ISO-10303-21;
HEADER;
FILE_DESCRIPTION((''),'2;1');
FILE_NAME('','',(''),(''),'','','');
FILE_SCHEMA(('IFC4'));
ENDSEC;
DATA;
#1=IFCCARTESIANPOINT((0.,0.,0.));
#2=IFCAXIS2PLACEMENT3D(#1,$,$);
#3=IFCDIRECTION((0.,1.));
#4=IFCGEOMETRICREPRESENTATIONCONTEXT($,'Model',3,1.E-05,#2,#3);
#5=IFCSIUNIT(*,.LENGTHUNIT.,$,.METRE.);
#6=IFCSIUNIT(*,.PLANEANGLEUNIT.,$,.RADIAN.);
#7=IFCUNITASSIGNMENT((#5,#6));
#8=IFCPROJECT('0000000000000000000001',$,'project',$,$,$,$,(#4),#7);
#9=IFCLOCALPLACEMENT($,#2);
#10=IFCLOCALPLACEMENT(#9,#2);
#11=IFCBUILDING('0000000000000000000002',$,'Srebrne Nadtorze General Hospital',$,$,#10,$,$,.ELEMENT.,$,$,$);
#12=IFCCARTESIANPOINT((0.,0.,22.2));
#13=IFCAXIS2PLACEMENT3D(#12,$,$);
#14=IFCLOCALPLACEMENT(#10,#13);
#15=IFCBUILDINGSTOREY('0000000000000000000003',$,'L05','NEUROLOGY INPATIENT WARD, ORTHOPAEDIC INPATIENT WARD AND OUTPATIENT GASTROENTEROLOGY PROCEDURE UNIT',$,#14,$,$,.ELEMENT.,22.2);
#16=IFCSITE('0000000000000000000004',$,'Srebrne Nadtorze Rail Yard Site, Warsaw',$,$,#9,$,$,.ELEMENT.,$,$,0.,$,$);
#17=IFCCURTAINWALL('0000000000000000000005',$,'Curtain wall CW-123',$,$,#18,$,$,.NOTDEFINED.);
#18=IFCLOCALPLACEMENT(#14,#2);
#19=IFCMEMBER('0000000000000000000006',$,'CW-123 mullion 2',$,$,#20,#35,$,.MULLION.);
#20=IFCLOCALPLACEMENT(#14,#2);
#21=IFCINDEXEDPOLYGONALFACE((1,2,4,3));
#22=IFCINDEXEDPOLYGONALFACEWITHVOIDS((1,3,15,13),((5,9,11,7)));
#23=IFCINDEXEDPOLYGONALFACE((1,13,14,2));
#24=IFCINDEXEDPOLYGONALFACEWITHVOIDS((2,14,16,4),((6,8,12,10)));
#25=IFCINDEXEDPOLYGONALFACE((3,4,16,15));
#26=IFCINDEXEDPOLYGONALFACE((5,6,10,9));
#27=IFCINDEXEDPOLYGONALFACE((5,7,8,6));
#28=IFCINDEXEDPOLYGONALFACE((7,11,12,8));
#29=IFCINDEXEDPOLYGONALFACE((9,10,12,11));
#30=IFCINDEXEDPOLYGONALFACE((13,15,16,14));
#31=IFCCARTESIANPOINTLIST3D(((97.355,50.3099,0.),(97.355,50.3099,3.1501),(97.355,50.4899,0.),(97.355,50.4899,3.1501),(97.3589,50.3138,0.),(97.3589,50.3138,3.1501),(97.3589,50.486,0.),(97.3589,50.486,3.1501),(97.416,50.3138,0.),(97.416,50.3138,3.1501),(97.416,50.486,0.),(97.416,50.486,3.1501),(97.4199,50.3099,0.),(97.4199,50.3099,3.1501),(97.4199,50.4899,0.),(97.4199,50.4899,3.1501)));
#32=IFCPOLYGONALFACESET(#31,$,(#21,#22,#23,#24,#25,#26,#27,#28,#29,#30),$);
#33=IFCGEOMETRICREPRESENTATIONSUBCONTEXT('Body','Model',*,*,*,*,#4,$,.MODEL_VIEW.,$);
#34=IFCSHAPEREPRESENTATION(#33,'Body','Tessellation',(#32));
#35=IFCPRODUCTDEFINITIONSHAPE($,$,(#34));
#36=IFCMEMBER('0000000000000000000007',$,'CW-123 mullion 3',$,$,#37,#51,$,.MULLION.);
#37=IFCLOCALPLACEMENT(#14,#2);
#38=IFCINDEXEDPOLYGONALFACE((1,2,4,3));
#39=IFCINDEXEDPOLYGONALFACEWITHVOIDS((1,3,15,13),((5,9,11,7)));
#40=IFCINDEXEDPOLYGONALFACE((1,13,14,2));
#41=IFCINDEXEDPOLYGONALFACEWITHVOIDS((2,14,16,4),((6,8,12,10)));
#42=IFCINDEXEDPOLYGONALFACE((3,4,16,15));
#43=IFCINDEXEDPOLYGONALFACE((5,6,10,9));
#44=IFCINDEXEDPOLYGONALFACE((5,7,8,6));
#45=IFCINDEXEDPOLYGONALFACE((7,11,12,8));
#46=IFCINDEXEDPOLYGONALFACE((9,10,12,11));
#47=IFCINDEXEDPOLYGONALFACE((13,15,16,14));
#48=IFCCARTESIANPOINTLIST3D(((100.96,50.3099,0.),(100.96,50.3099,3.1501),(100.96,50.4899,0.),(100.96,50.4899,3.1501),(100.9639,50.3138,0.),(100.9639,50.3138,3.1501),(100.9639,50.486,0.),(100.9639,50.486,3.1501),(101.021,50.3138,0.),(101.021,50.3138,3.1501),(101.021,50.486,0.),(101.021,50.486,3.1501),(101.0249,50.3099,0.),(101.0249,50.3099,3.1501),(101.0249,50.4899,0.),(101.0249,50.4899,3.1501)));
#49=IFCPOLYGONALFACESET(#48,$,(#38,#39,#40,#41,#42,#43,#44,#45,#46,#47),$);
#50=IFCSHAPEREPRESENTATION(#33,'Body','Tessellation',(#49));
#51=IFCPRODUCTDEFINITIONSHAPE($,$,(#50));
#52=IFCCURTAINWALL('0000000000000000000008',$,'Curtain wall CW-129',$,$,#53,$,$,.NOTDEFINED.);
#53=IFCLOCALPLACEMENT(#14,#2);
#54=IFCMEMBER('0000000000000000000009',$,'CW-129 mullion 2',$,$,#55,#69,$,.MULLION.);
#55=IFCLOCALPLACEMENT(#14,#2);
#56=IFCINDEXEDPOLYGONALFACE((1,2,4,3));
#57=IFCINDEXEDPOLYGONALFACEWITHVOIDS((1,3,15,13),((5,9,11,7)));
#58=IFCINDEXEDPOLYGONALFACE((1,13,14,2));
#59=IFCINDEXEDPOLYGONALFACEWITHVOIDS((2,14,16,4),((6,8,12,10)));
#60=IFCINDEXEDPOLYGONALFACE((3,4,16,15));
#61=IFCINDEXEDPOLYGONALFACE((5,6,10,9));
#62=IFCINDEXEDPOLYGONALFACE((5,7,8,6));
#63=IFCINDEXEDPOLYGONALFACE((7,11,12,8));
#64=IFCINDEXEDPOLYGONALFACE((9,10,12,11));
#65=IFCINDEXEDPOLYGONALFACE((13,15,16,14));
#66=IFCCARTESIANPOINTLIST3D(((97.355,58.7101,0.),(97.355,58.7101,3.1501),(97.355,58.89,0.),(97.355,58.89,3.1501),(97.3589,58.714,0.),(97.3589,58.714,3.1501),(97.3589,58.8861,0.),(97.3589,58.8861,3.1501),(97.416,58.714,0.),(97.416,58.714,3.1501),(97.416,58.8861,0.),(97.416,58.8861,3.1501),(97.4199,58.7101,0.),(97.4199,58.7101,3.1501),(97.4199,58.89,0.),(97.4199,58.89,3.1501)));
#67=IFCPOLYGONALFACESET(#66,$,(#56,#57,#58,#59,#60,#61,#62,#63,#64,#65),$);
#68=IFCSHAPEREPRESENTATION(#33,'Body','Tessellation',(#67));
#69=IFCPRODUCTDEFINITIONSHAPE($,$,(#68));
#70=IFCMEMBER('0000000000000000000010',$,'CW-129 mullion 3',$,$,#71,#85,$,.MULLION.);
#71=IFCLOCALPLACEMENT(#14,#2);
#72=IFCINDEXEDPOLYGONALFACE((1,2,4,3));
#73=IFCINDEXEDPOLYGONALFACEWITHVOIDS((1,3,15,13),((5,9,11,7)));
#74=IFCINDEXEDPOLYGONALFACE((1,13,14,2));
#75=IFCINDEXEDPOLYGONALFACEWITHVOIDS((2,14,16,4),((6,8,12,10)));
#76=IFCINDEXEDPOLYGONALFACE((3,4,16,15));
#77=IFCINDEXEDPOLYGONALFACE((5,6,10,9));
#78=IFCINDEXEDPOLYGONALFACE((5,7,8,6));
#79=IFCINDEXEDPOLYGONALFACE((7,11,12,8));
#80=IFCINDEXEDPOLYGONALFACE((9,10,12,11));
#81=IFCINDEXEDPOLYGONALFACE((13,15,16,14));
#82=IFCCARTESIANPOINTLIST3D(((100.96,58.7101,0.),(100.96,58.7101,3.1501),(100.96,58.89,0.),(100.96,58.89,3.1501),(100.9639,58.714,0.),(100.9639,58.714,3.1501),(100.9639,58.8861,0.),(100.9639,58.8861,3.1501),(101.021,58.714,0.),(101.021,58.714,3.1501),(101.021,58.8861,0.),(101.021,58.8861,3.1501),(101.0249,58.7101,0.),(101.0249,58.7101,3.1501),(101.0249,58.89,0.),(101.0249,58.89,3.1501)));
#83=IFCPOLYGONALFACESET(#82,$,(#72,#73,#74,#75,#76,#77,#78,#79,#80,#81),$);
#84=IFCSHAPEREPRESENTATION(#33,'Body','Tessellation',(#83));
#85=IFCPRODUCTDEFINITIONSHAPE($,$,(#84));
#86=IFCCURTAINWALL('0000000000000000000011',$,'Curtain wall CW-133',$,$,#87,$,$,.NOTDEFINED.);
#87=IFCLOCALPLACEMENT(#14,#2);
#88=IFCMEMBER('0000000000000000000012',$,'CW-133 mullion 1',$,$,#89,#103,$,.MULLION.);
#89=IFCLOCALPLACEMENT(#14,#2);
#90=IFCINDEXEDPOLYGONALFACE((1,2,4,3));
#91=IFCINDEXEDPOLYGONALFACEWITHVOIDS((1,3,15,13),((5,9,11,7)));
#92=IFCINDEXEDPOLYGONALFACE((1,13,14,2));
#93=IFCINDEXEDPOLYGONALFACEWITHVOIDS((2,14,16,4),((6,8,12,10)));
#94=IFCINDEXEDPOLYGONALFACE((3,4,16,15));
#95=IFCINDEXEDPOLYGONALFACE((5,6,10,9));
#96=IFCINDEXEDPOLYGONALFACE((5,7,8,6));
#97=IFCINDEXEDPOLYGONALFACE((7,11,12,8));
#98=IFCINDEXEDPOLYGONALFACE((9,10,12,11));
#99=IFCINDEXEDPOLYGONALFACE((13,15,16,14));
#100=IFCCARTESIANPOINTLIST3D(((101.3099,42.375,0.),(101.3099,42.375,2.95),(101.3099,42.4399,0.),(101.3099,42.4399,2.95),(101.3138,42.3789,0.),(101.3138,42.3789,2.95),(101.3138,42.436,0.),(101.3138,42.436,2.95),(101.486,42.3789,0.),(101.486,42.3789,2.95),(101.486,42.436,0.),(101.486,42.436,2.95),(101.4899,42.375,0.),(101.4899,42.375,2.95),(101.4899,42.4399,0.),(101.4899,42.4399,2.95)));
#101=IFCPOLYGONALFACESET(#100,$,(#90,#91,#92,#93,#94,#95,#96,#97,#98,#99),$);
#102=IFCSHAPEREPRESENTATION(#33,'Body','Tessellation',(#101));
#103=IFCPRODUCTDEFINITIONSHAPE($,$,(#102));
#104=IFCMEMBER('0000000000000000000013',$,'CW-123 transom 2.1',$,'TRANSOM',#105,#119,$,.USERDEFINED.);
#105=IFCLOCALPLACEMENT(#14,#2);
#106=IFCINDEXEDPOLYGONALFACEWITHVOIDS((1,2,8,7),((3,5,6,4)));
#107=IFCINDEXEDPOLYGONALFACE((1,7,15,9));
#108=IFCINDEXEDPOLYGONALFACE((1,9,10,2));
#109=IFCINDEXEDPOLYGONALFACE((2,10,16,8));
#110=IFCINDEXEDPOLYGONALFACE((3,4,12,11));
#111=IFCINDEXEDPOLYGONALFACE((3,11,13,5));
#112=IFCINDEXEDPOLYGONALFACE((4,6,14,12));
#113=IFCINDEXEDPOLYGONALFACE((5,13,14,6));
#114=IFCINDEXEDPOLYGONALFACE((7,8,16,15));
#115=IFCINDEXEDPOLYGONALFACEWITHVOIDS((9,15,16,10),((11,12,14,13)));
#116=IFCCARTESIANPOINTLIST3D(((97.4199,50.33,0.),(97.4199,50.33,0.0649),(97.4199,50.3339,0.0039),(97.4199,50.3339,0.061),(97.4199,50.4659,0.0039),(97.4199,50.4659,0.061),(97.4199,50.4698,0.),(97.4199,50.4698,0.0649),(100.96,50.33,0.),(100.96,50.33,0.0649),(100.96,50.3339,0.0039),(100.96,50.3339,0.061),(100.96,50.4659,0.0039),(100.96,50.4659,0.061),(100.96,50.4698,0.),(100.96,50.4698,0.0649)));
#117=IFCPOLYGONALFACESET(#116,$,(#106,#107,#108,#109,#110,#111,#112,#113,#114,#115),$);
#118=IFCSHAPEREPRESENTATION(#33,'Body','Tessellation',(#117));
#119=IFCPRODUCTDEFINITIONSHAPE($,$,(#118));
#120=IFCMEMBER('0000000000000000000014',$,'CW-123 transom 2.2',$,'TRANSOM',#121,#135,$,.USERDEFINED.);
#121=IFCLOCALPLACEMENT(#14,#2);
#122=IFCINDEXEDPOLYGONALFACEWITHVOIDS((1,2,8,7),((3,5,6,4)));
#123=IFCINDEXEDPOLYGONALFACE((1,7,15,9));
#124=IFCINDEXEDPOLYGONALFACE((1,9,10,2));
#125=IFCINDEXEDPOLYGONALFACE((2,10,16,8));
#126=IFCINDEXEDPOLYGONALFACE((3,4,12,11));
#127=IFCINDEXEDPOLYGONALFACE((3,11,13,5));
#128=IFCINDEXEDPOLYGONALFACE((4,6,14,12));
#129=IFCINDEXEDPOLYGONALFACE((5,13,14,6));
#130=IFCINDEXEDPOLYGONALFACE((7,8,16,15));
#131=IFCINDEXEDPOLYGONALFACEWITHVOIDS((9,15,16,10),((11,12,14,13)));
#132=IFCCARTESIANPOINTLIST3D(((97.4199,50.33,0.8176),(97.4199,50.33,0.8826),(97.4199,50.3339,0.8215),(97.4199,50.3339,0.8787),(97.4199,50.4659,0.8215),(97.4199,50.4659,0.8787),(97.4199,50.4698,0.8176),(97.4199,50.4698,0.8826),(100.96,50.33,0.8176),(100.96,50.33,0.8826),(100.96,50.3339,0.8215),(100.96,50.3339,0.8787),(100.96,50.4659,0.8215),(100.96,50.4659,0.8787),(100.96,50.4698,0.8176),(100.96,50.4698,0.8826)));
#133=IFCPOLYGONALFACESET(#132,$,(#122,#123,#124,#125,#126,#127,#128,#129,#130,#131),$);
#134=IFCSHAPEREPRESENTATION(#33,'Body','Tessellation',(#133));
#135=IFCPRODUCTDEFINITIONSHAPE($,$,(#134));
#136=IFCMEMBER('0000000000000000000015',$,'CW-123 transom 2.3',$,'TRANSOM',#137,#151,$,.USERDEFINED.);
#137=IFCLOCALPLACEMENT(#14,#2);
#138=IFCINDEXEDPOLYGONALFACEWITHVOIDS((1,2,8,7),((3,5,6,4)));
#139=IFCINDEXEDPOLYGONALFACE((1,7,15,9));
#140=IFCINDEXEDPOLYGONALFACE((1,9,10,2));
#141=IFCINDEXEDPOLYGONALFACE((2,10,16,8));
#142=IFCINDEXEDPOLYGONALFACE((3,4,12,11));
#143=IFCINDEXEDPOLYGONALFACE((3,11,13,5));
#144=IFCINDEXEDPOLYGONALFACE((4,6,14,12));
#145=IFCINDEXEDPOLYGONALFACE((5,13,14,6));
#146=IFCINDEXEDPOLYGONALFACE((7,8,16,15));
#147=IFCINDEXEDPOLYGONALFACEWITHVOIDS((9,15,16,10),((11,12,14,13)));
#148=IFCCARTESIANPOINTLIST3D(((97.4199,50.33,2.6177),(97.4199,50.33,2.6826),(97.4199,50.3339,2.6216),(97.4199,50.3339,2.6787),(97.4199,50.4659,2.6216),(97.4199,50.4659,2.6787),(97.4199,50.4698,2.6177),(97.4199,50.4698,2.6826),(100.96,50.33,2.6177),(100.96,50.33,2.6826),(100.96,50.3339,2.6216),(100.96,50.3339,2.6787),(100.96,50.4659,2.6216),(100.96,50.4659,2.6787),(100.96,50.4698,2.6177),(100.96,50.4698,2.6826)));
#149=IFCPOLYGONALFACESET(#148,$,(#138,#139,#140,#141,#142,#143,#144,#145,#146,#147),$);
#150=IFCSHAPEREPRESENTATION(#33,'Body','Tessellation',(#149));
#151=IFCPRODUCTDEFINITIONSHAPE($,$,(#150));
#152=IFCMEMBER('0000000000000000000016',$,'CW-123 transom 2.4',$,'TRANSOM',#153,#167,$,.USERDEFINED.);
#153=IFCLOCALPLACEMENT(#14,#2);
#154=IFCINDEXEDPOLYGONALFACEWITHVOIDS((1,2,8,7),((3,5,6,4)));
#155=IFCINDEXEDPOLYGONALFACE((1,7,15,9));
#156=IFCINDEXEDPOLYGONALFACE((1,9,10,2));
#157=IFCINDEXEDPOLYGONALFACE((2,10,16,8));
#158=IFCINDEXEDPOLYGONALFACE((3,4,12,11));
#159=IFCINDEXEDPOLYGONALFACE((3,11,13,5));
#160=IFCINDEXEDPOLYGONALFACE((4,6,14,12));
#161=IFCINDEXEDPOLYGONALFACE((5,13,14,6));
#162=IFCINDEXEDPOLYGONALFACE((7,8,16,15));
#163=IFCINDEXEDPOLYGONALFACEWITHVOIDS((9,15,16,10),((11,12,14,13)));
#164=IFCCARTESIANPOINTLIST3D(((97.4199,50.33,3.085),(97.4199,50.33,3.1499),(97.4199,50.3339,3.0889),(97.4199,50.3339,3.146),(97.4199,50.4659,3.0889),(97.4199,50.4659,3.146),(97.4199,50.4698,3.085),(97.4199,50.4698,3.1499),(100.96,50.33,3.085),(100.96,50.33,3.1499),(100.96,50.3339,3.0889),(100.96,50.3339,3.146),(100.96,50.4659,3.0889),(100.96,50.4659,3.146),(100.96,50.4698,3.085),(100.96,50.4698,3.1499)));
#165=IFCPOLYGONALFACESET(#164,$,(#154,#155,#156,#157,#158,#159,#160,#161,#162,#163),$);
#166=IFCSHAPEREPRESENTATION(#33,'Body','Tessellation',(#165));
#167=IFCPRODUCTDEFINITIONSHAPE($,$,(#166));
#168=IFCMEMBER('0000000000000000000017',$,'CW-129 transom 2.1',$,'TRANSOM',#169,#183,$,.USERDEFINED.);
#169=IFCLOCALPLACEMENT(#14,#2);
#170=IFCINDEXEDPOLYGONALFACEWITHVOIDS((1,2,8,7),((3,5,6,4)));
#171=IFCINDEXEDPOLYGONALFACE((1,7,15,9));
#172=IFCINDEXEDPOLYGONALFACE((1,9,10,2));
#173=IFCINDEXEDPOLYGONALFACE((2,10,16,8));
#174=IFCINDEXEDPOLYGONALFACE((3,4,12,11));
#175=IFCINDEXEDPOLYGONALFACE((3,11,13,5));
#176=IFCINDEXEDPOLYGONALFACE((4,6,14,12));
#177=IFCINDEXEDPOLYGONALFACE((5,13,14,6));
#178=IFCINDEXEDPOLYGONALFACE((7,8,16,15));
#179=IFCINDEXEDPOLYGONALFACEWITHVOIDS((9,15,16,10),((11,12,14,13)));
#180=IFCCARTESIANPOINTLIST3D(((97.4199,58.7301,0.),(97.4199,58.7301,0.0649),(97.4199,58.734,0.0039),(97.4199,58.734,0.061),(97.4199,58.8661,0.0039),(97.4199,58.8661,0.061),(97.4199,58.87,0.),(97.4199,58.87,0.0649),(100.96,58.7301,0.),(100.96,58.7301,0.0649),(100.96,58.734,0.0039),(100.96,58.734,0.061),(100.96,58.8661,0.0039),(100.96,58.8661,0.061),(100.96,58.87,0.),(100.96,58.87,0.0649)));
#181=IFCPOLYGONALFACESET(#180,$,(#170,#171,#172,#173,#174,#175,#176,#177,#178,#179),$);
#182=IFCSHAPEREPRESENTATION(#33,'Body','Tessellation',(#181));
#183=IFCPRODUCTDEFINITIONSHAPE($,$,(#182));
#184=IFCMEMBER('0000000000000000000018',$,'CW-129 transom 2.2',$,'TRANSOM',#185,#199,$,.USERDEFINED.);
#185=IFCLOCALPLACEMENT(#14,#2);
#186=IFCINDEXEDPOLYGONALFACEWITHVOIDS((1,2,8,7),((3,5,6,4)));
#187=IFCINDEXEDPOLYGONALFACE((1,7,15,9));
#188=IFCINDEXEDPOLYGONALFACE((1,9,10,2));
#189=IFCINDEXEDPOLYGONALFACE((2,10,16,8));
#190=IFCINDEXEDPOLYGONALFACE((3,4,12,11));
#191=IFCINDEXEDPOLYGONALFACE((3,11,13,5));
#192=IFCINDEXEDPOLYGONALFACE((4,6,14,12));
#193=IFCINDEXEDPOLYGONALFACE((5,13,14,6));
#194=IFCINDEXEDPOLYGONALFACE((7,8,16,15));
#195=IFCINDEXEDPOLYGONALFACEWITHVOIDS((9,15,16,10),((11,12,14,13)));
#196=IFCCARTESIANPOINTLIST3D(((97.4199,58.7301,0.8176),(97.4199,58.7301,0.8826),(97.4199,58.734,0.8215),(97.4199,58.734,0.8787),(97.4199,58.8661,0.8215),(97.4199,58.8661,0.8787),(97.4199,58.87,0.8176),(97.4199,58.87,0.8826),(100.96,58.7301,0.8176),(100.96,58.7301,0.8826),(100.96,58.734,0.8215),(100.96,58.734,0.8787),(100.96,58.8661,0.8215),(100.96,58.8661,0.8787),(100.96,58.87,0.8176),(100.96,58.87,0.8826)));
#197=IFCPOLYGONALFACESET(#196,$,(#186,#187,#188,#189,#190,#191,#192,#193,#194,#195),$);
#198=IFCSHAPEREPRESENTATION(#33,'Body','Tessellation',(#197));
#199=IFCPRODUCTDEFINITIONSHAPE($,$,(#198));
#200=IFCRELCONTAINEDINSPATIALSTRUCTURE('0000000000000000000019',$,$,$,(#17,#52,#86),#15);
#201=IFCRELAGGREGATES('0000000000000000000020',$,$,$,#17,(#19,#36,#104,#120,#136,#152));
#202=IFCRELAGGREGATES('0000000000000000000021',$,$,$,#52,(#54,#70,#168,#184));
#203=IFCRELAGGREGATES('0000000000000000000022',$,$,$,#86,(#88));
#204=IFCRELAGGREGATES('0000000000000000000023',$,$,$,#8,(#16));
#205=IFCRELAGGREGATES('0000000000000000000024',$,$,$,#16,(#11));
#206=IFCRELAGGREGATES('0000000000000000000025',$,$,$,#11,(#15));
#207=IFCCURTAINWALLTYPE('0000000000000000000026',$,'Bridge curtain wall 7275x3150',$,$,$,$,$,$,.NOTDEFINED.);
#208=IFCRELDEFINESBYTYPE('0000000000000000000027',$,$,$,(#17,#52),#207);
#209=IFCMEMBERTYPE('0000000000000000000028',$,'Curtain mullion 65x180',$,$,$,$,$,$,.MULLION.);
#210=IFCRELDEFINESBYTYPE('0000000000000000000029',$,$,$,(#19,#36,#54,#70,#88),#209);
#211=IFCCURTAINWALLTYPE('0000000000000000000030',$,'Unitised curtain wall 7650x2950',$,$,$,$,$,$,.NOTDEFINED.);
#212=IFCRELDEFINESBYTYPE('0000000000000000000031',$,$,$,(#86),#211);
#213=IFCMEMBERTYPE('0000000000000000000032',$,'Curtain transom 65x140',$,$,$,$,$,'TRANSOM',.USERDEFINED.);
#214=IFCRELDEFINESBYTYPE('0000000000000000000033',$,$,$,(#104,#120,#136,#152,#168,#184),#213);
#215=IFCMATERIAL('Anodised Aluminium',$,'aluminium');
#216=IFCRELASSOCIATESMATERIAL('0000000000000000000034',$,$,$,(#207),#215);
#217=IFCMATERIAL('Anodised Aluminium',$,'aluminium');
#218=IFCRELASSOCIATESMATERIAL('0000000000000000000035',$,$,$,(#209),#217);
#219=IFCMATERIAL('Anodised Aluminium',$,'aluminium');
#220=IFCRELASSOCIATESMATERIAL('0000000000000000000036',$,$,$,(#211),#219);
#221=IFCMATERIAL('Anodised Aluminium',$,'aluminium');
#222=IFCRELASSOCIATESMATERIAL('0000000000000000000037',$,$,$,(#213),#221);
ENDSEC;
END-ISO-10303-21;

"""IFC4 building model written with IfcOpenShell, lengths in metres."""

from ifc_helpers import new_model, si_unit, direction, frame, origin, origin_2d, place, context, subcontext, project, spatial, hollow_rectangle, extrude, material, material_profile, profile_set, type_object, element, aggregate, save


model = new_model("IFC4")

# Units and contexts
model_context = context("Model", 3, precision=1e-05, world=origin(), true_north=direction((0.0, 1.0)))
body_context = subcontext(model_context, "Body", "Model", "MODEL_VIEW")
ifc_project = project(units=[si_unit("LENGTHUNIT", "METRE"), si_unit("PLANEANGLEUNIT", "RADIAN")], contexts=[model_context])

# Site, building, storey
site_placement = place(None, origin())
site = spatial("IfcSite", under=ifc_project, at=site_placement, Name="Srebrne Nadtorze Rail Yard Site, Warsaw", CompositionType="ELEMENT", RefElevation=0.0)
building_placement = place(site_placement, origin())
building = spatial("IfcBuilding", under=site, at=building_placement, Name="Srebrne Nadtorze General Hospital", CompositionType="ELEMENT")
storey_placement = place(building_placement, frame((0.0, 0.0, 22.2)))
storey = spatial("IfcBuildingStorey", under=building, at=storey_placement, Name="L05", Description="NEUROLOGY INPATIENT WARD, ORTHOPAEDIC INPATIENT WARD AND OUTPATIENT GASTROENTEROLOGY PROCEDURE UNIT", CompositionType="ELEMENT", Elevation=22.2)

# Curtain walls, members
ifc_material_1 = material(Name="Anodised Aluminium", Category="aluminium")
curtain_wall_type_1 = type_object("IfcCurtainWallType", Name="Bridge curtain wall 7275x3150", PredefinedType="NOTDEFINED", material=ifc_material_1)
curtain_wall_1_placement = place(storey_placement, origin())
curtain_wall_1 = element("IfcCurtainWall", 1, at=curtain_wall_1_placement, inside=storey, type_object=curtain_wall_type_1, Name="Curtain wall CW-123", PredefinedType="NOTDEFINED")
ifc_material_2 = material(Name="Anodised Aluminium", Category="aluminium")
ifc_material_profile_1 = material_profile(ifc_material_2, hollow_rectangle(XDim=0.0649, YDim=0.1799, WallThickness=0.0039, at=origin_2d()), Name="AL-MUL-65x180")
ifc_profile_set_1 = profile_set([ifc_material_profile_1], Name="Anodised Aluminium")
member_type_1 = type_object("IfcMemberType", Name="Curtain mullion 65x180", PredefinedType="MULLION", material=ifc_profile_set_1)
member_1_placement = place(storey_placement, frame((97.3875, 50.3999, 0.0), z_axis=(0.0, 0.0, 1.0), x_axis=(1.0, 0.0, 0.0)))
member_1 = element("IfcMember", 2, at=member_1_placement, type_object=member_type_1, Name="CW-123 mullion 2", PredefinedType="MULLION", context=body_context, shape_type="SweptSolid", body=[
    extrude(hollow_rectangle(XDim=0.0649, YDim=0.1799, WallThickness=0.0039, at=origin_2d()), origin(), (0.0, 0.0, 1.0), 3.1501),
])
member_2_placement = place(storey_placement, frame((100.9924, 50.3999, 0.0), z_axis=(0.0, 0.0, 1.0), x_axis=(1.0, 0.0, 0.0)))
member_2 = element("IfcMember", 3, at=member_2_placement, type_object=member_type_1, Name="CW-123 mullion 3", PredefinedType="MULLION", context=body_context, shape_type="SweptSolid", body=[
    extrude(hollow_rectangle(XDim=0.0649, YDim=0.1799, WallThickness=0.0039, at=origin_2d()), origin(), (0.0, 0.0, 1.0), 3.1501),
])
curtain_wall_2_placement = place(storey_placement, origin())
curtain_wall_2 = element("IfcCurtainWall", 4, at=curtain_wall_2_placement, inside=storey, type_object=curtain_wall_type_1, Name="Curtain wall CW-129", PredefinedType="NOTDEFINED")
member_3_placement = place(storey_placement, frame((97.3875, 58.8, 0.0), z_axis=(0.0, 0.0, 1.0), x_axis=(1.0, 0.0, 0.0)))
member_3 = element("IfcMember", 5, at=member_3_placement, type_object=member_type_1, Name="CW-129 mullion 2", PredefinedType="MULLION", context=body_context, shape_type="SweptSolid", body=[
    extrude(hollow_rectangle(XDim=0.0649, YDim=0.1799, WallThickness=0.0039, at=origin_2d()), origin(), (0.0, 0.0, 1.0), 3.1501),
])
member_4_placement = place(storey_placement, frame((100.9924, 58.8, 0.0), z_axis=(0.0, 0.0, 1.0), x_axis=(1.0, 0.0, 0.0)))
member_4 = element("IfcMember", 6, at=member_4_placement, type_object=member_type_1, Name="CW-129 mullion 3", PredefinedType="MULLION", context=body_context, shape_type="SweptSolid", body=[
    extrude(hollow_rectangle(XDim=0.0649, YDim=0.1799, WallThickness=0.0039, at=origin_2d()), origin(), (0.0, 0.0, 1.0), 3.1501),
])

# Curtain wall, member
ifc_material_3 = material(Name="Anodised Aluminium", Category="aluminium")
curtain_wall_type_2 = type_object("IfcCurtainWallType", Name="Unitised curtain wall 7650x2950", PredefinedType="NOTDEFINED", material=ifc_material_3)
curtain_wall_3_placement = place(storey_placement, origin())
curtain_wall_3 = element("IfcCurtainWall", 7, at=curtain_wall_3_placement, inside=storey, type_object=curtain_wall_type_2, Name="Curtain wall CW-133", PredefinedType="NOTDEFINED")
member_5_placement = place(storey_placement, frame((101.3999, 42.4075, 0.0), z_axis=(0.0, 0.0, 1.0), x_axis=(0.0, 1.0, 0.0)))
member_5 = element("IfcMember", 8, at=member_5_placement, type_object=member_type_1, Name="CW-133 mullion 1", PredefinedType="MULLION", context=body_context, shape_type="SweptSolid", body=[
    extrude(hollow_rectangle(XDim=0.0649, YDim=0.1799, WallThickness=0.0039, at=origin_2d()), origin(), (0.0, 0.0, 1.0), 2.95),
])

# Members
ifc_material_4 = material(Name="Anodised Aluminium", Category="aluminium")
ifc_material_profile_2 = material_profile(ifc_material_4, hollow_rectangle(XDim=0.0649, YDim=0.1399, WallThickness=0.0039, at=origin_2d()), Name="AL-TRN-65x140")
ifc_profile_set_2 = profile_set([ifc_material_profile_2], Name="Anodised Aluminium")
member_type_2 = type_object("IfcMemberType", Name="Curtain transom 65x140", ElementType="TRANSOM", PredefinedType="USERDEFINED", material=ifc_profile_set_2)
member_6_placement = place(storey_placement, frame((97.4199, 50.3999, 0.0325), z_axis=(1.0, 0.0, 0.0), x_axis=(0.0, 0.0, 1.0)))
member_6 = element("IfcMember", 9, at=member_6_placement, type_object=member_type_2, Name="CW-123 transom 2.1", ObjectType="TRANSOM", PredefinedType="USERDEFINED", context=body_context, shape_type="SweptSolid", body=[
    extrude(hollow_rectangle(XDim=0.0649, YDim=0.1399, WallThickness=0.0039, at=origin_2d()), origin(), (0.0, 0.0, 1.0), 3.54),
])
member_7_placement = place(storey_placement, frame((97.4199, 50.3999, 0.8501), z_axis=(1.0, 0.0, 0.0), x_axis=(0.0, 0.0, 1.0)))
member_7 = element("IfcMember", 10, at=member_7_placement, type_object=member_type_2, Name="CW-123 transom 2.2", ObjectType="TRANSOM", PredefinedType="USERDEFINED", context=body_context, shape_type="SweptSolid", body=[
    extrude(hollow_rectangle(XDim=0.0649, YDim=0.1399, WallThickness=0.0039, at=origin_2d()), origin(), (0.0, 0.0, 1.0), 3.54),
])
member_8_placement = place(storey_placement, frame((97.4199, 50.3999, 2.6501), z_axis=(1.0, 0.0, 0.0), x_axis=(0.0, 0.0, 1.0)))
member_8 = element("IfcMember", 11, at=member_8_placement, type_object=member_type_2, Name="CW-123 transom 2.3", ObjectType="TRANSOM", PredefinedType="USERDEFINED", context=body_context, shape_type="SweptSolid", body=[
    extrude(hollow_rectangle(XDim=0.0649, YDim=0.1399, WallThickness=0.0039, at=origin_2d()), origin(), (0.0, 0.0, 1.0), 3.54),
])
member_9_placement = place(storey_placement, frame((97.4199, 50.3999, 3.1174), z_axis=(1.0, 0.0, 0.0), x_axis=(0.0, 0.0, 1.0)))
member_9 = element("IfcMember", 12, at=member_9_placement, type_object=member_type_2, Name="CW-123 transom 2.4", ObjectType="TRANSOM", PredefinedType="USERDEFINED", context=body_context, shape_type="SweptSolid", body=[
    extrude(hollow_rectangle(XDim=0.0649, YDim=0.1399, WallThickness=0.0039, at=origin_2d()), origin(), (0.0, 0.0, 1.0), 3.54),
])
member_10_placement = place(storey_placement, frame((97.4199, 58.8, 0.0325), z_axis=(1.0, 0.0, 0.0), x_axis=(0.0, 0.0, 1.0)))
member_10 = element("IfcMember", 13, at=member_10_placement, type_object=member_type_2, Name="CW-129 transom 2.1", ObjectType="TRANSOM", PredefinedType="USERDEFINED", context=body_context, shape_type="SweptSolid", body=[
    extrude(hollow_rectangle(XDim=0.0649, YDim=0.1399, WallThickness=0.0039, at=origin_2d()), origin(), (0.0, 0.0, 1.0), 3.54),
])
member_11_placement = place(storey_placement, frame((97.4199, 58.8, 0.8501), z_axis=(1.0, 0.0, 0.0), x_axis=(0.0, 0.0, 1.0)))
member_11 = element("IfcMember", 14, at=member_11_placement, type_object=member_type_2, Name="CW-129 transom 2.2", ObjectType="TRANSOM", PredefinedType="USERDEFINED", context=body_context, shape_type="SweptSolid", body=[
    extrude(hollow_rectangle(XDim=0.0649, YDim=0.1399, WallThickness=0.0039, at=origin_2d()), origin(), (0.0, 0.0, 1.0), 3.54),
])

aggregate(curtain_wall_1, [member_1, member_2, member_6, member_7, member_8, member_9])
aggregate(curtain_wall_2, [member_3, member_4, member_10, member_11])
aggregate(curtain_wall_3, [member_5])

save(model, "model.ifc")
